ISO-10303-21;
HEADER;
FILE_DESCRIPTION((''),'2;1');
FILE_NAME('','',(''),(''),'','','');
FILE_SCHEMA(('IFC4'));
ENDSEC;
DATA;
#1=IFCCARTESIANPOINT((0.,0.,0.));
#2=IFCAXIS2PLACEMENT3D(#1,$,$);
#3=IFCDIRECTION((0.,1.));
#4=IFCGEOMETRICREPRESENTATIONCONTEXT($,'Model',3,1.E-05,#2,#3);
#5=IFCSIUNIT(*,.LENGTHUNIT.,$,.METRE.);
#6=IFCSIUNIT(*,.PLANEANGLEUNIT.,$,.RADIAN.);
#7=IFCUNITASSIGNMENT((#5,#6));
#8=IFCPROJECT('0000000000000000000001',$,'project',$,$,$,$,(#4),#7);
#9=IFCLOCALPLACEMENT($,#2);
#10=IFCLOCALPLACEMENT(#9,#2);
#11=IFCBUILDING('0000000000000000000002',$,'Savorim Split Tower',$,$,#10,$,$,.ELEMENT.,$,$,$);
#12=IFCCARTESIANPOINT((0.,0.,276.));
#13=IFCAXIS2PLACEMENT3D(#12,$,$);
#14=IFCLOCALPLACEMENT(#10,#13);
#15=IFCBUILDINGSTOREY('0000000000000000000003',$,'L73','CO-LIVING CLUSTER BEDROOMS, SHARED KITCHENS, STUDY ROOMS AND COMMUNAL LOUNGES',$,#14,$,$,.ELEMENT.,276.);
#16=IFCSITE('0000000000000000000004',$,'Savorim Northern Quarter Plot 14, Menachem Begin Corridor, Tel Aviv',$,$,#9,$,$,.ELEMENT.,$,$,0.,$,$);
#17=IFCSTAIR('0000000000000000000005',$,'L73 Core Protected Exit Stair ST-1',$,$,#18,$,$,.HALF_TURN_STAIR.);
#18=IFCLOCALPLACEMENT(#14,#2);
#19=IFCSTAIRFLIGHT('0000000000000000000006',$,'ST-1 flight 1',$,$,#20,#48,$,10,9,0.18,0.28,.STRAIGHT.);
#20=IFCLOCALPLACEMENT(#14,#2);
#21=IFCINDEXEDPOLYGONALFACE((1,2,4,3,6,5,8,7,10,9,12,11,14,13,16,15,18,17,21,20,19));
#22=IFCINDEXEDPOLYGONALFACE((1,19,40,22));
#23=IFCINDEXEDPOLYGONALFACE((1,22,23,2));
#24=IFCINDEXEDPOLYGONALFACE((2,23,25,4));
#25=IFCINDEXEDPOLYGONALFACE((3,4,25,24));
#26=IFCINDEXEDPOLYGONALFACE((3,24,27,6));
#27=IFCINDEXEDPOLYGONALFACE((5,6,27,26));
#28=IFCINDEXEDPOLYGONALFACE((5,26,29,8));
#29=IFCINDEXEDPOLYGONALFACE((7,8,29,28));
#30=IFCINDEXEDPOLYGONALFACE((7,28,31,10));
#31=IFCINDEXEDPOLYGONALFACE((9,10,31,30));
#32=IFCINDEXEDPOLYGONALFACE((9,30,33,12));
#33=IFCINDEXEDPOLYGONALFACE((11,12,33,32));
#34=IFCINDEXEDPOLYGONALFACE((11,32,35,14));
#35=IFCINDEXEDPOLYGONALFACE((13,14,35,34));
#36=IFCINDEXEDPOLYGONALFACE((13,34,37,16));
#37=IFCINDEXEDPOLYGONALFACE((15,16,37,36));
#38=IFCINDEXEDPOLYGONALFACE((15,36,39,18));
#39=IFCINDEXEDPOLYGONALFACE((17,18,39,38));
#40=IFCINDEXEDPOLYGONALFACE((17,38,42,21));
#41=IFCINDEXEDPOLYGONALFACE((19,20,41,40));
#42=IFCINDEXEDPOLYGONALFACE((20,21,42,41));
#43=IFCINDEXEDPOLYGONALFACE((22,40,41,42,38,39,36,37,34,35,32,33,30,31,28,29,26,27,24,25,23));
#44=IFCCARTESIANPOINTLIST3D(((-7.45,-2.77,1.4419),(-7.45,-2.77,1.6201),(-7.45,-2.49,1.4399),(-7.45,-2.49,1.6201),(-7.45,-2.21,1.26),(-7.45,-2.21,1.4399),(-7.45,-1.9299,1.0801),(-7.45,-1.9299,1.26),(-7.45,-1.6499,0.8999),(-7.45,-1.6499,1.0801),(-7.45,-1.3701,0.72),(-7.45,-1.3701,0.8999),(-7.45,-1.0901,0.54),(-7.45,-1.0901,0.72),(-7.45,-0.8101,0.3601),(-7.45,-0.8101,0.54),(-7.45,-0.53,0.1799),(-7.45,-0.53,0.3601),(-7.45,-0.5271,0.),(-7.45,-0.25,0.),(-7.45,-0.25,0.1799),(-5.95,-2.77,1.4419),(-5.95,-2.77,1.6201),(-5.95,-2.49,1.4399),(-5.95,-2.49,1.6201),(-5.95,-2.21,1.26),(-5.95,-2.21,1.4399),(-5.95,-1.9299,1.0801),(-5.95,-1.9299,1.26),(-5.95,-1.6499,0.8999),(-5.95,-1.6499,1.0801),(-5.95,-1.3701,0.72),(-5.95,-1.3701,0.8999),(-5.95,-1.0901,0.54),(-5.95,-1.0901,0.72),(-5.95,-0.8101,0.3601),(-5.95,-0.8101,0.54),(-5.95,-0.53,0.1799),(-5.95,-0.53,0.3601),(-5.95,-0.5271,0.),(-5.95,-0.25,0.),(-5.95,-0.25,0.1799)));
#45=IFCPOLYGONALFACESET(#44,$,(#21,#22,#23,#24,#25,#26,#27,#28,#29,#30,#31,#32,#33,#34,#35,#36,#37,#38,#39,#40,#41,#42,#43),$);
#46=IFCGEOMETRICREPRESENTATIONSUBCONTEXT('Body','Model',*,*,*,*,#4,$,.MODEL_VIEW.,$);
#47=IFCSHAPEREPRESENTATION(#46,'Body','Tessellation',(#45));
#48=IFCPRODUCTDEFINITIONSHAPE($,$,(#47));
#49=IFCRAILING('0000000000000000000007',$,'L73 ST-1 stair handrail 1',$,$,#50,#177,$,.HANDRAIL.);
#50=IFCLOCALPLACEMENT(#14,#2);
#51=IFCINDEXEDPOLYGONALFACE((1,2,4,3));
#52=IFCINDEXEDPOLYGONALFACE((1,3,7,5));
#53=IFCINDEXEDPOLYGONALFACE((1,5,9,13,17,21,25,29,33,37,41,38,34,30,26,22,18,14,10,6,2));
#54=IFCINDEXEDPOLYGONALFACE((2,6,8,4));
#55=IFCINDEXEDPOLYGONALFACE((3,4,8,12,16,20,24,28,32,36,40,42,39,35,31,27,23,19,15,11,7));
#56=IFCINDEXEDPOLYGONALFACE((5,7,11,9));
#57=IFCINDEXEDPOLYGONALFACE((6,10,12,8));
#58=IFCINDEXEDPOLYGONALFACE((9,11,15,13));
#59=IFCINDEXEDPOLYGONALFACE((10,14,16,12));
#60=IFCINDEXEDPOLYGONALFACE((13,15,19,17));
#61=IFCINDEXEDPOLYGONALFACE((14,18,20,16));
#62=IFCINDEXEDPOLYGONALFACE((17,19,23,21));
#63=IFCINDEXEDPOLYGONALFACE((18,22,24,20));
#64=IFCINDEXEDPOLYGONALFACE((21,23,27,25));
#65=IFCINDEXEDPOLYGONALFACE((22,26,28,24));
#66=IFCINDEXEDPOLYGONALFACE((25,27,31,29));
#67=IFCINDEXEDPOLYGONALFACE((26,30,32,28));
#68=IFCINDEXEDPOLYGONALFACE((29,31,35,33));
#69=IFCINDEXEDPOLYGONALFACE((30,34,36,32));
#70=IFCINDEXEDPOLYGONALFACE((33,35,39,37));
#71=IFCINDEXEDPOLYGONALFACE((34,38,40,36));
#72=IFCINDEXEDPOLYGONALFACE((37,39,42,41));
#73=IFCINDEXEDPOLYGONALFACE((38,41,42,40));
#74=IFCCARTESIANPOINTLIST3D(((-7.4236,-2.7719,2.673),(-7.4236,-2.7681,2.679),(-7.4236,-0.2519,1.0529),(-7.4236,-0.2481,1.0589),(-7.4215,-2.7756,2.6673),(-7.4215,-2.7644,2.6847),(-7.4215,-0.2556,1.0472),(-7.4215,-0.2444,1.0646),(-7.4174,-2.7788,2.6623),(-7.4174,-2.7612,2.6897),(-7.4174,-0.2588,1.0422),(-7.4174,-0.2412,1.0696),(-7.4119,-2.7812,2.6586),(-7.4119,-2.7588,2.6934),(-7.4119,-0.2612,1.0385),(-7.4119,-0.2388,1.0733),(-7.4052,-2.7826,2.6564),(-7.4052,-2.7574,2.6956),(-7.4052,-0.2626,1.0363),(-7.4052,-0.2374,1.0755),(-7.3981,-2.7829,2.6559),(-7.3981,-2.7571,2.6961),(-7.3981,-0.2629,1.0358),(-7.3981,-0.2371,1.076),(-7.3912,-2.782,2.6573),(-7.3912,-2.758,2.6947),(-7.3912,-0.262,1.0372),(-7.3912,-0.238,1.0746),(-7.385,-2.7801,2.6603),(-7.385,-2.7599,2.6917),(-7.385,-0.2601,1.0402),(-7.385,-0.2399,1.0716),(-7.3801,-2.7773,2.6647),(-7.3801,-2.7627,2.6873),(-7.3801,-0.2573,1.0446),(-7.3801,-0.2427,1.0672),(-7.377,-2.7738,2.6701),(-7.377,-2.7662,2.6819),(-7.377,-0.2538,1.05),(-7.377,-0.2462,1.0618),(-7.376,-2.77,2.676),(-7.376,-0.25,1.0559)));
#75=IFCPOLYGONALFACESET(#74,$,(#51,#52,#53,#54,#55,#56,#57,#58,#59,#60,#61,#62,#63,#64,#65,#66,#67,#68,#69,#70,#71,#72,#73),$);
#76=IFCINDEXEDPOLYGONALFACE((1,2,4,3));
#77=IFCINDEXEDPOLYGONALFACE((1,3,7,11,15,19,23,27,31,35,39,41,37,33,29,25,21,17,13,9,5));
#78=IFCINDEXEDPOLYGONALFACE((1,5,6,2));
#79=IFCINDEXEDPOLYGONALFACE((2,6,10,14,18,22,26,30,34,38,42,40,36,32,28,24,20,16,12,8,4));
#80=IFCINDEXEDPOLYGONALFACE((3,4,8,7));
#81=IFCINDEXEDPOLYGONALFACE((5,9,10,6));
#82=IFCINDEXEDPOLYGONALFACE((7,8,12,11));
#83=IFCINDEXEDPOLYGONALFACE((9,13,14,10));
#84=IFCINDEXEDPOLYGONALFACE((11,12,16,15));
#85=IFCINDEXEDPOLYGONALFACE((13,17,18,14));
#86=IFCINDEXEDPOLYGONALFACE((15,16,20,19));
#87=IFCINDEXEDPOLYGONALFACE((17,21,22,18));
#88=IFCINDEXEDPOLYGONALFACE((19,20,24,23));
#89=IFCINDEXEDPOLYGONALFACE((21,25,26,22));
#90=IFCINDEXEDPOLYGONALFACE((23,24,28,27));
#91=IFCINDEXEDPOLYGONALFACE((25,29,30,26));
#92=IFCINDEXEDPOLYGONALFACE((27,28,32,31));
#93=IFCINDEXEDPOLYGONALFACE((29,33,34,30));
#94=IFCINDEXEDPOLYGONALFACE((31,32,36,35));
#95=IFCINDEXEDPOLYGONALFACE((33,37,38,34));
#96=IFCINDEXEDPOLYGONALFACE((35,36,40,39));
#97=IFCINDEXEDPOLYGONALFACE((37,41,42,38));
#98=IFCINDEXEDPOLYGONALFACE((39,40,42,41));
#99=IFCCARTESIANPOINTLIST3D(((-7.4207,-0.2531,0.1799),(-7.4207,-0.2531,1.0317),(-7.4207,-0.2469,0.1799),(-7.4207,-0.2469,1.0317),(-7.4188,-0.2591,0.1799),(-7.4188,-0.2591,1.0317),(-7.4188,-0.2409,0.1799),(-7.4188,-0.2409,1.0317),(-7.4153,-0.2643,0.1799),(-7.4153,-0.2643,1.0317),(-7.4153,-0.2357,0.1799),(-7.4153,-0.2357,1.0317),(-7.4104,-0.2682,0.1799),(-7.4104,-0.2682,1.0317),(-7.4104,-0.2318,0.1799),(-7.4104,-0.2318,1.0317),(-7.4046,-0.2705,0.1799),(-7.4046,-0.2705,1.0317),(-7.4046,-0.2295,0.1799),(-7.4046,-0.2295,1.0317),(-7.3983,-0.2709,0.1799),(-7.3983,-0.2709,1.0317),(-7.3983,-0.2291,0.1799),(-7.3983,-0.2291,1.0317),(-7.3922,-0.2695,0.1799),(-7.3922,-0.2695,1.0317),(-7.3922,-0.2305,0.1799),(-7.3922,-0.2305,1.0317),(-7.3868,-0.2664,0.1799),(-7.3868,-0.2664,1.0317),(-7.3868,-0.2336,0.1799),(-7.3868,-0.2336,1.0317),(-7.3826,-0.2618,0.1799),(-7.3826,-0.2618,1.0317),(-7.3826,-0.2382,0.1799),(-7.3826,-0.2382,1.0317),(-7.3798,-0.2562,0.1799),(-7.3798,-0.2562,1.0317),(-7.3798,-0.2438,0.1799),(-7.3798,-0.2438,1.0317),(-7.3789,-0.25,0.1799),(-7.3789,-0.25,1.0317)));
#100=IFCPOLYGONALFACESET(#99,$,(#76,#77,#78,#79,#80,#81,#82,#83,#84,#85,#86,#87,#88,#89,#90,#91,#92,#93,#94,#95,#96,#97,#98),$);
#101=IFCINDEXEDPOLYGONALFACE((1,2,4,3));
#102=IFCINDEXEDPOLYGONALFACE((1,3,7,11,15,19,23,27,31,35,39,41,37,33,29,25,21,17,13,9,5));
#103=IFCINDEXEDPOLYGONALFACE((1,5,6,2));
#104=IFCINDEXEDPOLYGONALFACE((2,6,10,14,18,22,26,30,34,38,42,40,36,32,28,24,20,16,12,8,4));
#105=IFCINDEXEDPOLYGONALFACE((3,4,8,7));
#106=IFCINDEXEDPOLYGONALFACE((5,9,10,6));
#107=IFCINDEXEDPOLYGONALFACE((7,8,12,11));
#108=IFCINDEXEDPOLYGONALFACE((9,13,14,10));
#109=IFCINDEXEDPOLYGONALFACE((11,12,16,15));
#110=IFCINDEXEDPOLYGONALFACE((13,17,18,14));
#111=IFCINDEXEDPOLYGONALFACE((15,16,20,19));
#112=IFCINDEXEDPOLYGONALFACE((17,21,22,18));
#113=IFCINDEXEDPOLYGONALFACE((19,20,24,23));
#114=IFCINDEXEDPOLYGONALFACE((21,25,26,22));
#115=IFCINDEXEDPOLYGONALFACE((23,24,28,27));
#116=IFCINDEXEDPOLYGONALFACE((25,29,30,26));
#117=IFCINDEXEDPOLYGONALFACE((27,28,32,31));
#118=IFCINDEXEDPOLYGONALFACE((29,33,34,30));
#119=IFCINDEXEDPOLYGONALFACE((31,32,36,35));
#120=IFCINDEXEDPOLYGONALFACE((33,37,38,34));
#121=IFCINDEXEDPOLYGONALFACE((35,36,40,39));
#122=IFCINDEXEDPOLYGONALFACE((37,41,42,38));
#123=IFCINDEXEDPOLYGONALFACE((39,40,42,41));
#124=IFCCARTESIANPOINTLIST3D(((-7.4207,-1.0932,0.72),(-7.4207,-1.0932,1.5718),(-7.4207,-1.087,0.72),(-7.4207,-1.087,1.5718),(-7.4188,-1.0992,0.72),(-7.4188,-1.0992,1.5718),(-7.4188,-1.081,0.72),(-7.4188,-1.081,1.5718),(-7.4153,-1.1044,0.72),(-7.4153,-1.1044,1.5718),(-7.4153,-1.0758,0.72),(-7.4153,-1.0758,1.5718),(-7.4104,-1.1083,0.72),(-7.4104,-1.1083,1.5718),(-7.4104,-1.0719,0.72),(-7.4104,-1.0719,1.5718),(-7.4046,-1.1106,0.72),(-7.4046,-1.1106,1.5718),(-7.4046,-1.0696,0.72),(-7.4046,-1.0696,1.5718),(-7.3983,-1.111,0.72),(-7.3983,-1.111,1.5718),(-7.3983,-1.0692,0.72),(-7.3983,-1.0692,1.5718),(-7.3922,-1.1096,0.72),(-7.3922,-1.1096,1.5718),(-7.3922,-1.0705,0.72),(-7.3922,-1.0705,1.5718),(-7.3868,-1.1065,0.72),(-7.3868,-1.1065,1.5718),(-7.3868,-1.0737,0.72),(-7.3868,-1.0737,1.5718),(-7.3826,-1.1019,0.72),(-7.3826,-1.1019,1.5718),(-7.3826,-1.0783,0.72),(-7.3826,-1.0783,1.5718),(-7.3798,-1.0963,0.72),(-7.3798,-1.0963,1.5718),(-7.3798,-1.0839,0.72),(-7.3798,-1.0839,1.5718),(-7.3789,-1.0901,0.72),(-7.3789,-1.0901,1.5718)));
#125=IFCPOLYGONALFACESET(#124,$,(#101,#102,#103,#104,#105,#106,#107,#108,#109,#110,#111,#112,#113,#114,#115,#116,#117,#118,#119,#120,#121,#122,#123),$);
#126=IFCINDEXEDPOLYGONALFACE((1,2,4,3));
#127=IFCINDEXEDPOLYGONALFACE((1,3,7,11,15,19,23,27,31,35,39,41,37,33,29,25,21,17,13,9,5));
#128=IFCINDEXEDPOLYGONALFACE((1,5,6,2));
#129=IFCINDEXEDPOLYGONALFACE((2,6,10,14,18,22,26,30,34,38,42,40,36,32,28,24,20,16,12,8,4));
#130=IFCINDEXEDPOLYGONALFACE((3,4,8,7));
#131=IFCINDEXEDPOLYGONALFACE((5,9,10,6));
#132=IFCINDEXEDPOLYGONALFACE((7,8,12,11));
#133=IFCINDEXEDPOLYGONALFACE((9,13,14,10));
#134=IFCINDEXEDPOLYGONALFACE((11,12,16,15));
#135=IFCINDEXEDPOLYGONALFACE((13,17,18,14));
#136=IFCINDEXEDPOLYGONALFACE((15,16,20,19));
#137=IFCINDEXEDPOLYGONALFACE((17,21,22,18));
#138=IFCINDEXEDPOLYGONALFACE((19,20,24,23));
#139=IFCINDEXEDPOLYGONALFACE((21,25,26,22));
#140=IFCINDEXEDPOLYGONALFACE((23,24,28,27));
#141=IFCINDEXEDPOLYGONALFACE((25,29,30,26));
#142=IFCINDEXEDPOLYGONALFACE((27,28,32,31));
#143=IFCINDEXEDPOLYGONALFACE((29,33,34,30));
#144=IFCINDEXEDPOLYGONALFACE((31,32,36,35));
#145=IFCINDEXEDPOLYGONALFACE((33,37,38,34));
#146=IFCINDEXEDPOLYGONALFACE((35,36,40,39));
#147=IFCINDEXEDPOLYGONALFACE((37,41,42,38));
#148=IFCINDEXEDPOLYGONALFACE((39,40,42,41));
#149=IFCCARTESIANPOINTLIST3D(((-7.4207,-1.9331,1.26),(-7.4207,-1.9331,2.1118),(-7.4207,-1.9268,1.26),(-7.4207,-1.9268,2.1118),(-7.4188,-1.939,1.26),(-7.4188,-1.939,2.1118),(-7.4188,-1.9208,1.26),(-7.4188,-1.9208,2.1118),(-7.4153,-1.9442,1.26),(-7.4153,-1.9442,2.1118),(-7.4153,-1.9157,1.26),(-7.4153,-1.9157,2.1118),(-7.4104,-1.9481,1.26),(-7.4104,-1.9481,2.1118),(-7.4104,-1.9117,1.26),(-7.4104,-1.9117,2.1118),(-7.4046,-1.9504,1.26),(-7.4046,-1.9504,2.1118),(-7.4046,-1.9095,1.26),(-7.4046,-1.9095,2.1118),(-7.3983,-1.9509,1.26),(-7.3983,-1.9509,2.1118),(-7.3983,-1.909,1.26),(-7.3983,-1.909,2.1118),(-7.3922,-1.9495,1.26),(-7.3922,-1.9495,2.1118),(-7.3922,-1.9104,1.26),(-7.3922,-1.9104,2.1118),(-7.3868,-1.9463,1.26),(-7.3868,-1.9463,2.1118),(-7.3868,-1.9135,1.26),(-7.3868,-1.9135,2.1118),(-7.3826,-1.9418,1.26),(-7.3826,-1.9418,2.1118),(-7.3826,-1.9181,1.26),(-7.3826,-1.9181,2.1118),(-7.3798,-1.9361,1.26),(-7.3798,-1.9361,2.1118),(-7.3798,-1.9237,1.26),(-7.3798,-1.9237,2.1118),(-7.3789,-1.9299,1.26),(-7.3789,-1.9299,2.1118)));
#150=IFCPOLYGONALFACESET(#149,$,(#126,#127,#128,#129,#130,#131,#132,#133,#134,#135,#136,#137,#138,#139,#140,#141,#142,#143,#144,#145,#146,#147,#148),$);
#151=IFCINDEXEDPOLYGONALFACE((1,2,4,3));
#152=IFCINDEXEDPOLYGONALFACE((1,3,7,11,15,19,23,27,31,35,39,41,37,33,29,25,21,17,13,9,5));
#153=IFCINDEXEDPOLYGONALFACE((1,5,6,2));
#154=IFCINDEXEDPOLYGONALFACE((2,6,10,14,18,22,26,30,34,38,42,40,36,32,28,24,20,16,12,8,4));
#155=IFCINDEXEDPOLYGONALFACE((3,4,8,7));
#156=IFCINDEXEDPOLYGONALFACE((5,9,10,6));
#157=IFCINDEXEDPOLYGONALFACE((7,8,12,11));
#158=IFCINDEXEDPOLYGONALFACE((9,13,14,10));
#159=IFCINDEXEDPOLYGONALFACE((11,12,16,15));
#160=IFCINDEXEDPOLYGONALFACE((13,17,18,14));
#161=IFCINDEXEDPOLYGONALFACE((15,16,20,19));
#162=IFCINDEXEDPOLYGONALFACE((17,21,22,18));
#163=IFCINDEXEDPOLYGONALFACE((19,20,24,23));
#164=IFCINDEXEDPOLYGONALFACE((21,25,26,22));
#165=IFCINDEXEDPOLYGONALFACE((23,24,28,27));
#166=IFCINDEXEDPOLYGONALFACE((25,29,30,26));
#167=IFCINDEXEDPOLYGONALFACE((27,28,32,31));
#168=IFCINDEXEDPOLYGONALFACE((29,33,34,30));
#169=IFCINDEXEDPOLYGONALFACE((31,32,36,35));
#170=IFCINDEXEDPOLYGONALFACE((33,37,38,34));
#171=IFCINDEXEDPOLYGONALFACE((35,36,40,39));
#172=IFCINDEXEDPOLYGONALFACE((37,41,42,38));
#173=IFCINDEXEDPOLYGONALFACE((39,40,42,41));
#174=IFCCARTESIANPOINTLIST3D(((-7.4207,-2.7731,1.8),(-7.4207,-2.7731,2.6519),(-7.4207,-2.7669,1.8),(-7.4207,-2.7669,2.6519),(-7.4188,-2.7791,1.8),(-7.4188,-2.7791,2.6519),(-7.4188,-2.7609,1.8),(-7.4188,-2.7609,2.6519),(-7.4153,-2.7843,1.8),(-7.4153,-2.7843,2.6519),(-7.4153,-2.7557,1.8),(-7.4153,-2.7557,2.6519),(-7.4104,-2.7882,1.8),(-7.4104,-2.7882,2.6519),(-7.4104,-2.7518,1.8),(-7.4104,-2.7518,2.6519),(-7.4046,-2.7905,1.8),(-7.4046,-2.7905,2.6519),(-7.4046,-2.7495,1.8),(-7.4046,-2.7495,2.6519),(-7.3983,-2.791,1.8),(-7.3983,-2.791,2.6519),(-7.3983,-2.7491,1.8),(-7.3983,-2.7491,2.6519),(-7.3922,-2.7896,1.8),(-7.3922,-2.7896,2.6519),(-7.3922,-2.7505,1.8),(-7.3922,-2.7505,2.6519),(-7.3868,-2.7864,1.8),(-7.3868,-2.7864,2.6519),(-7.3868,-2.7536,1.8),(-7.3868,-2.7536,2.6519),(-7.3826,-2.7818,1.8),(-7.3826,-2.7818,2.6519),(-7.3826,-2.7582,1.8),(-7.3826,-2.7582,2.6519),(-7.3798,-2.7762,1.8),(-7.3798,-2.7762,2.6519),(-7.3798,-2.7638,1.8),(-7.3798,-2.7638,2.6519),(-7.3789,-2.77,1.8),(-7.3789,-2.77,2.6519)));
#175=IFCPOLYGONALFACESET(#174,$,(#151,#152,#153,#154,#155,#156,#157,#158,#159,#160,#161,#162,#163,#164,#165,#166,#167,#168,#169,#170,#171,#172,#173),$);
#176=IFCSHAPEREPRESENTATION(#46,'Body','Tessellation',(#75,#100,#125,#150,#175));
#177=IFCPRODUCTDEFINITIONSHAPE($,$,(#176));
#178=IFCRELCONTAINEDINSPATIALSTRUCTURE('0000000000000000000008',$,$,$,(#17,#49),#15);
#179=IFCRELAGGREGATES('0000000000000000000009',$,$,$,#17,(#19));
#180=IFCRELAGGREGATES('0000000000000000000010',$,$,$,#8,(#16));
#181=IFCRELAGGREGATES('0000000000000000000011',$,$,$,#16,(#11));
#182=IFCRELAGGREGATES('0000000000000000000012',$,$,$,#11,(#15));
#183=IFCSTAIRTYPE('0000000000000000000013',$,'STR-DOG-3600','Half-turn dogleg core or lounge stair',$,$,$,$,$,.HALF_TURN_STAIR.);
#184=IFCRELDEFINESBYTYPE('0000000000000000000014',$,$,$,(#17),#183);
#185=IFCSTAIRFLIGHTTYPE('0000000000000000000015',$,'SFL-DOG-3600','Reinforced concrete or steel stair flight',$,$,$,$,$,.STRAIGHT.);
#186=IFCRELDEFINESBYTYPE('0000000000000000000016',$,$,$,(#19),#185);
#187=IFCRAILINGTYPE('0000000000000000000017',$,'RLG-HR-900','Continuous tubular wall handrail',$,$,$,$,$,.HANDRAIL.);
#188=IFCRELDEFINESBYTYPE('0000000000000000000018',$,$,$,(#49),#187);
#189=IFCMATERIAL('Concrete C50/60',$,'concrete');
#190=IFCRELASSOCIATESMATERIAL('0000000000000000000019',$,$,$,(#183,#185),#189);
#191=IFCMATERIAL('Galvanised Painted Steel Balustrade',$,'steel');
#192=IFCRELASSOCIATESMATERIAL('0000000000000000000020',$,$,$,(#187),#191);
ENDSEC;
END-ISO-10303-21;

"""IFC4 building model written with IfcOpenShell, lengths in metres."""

from ifc_helpers import new_model, si_unit, direction, frame, origin, origin_2d, place, context, subcontext, project, spatial, polyline, circle, outline, extrude, material, type_object, element, aggregate, save


model = new_model("IFC4")

# Units and contexts
model_context = context("Model", 3, precision=1e-05, world=origin(), true_north=direction((0.0, 1.0)))
body_context = subcontext(model_context, "Body", "Model", "MODEL_VIEW")
ifc_project = project(units=[si_unit("LENGTHUNIT", "METRE"), si_unit("PLANEANGLEUNIT", "RADIAN")], contexts=[model_context])

# Site, building, storey
site_placement = place(None, origin())
site = spatial("IfcSite", under=ifc_project, at=site_placement, Name="Savorim Northern Quarter Plot 14, Menachem Begin Corridor, Tel Aviv", CompositionType="ELEMENT", RefElevation=0.0)
building_placement = place(site_placement, origin())
building = spatial("IfcBuilding", under=site, at=building_placement, Name="Savorim Split Tower", CompositionType="ELEMENT")
storey_placement = place(building_placement, frame((0.0, 0.0, 276.0)))
storey = spatial("IfcBuildingStorey", under=building, at=storey_placement, Name="L73", Description="CO-LIVING CLUSTER BEDROOMS, SHARED KITCHENS, STUDY ROOMS AND COMMUNAL LOUNGES", CompositionType="ELEMENT", Elevation=276.0)

# Shared definitions
ifc_material_1 = material(Name="Concrete C50/60", Category="concrete")

# Stair, stair flight
stair_type = type_object("IfcStairType", Name="STR-DOG-3600", Description="Half-turn dogleg core or lounge stair", PredefinedType="HALF_TURN_STAIR", material=ifc_material_1)
stair_placement = place(storey_placement, origin())
stair = element("IfcStair", 1, at=stair_placement, inside=storey, type_object=stair_type, Name="L73 Core Protected Exit Stair ST-1", PredefinedType="HALF_TURN_STAIR")
stair_flight_type = type_object("IfcStairFlightType", Name="SFL-DOG-3600", Description="Reinforced concrete or steel stair flight", PredefinedType="STRAIGHT", material=ifc_material_1)
stair_flight_placement = place(storey_placement, frame((-6.7, -0.25, 0.0), z_axis=(0.0, 0.0, 1.0), x_axis=(0.0, -1.0, 0.0)))
stair_flight = element("IfcStairFlight", 2, at=stair_flight_placement, type_object=stair_flight_type, Name="ST-1 flight 1", NumberOfRisers=10, NumberOfTreads=9, PredefinedType="STRAIGHT", RiserHeight=0.18, TreadLength=0.28, context=body_context, shape_type="SweptSolid", body=[
    extrude(outline(polyline([(0.0, 0.0), (0.0, 0.1799), (0.28, 0.1799), (0.28, 0.3601), (0.5601, 0.3601), (0.5601, 0.54), (0.8401, 0.54), (0.8401, 0.72), (1.1201, 0.72), (1.1201, 0.8999), (1.3999, 0.8999), (1.3999, 1.0801), (1.6799, 1.0801), (1.6799, 1.26), (1.96, 1.26), (1.96, 1.4399), (2.24, 1.4399), (2.24, 1.6201), (2.52, 1.6201), (2.52, 1.8), (2.52, 1.4419), (0.2771, 0.0), (0.0, 0.0)])), frame((0.0, 0.75, 0.0), z_axis=(0.0, -1.0, 0.0), x_axis=(1.0, 0.0, 0.0)), (0.0, 0.0, 1.0), 1.5),
])
aggregate(stair, [stair_flight])

# Railing
ifc_material_2 = material(Name="Galvanised Painted Steel Balustrade", Category="steel")
railing_type_1 = type_object("IfcRailingType", Name="RLG-HR-900", Description="Continuous tubular wall handrail", PredefinedType="HANDRAIL", material=ifc_material_2)
railing_1_placement = place(storey_placement, frame((-7.3999, -0.25, 0.1799)))
element("IfcRailing", 3, at=railing_1_placement, inside=storey, type_object=railing_type_1, Name="L73 ST-1 stair handrail 1", PredefinedType="HANDRAIL", context=body_context, shape_type="SweptSolid", body=[
    extrude(circle(Radius=0.0239, at=origin_2d()), frame((0.0, 0.0, 0.876), z_axis=(0.0, -0.841163, 0.540782), x_axis=(1.0, 0.0, 0.0)), (0.0, 0.0, 1.0), 2.9958),
    extrude(circle(Radius=0.021, at=origin_2d()), origin(), (0.0, 0.0, 1.0), 0.8518),
    extrude(circle(Radius=0.021, at=origin_2d()), frame((0.0, -0.8401, 0.54)), (0.0, 0.0, 1.0), 0.8518),
    extrude(circle(Radius=0.021, at=origin_2d()), frame((0.0, -1.6799, 1.0801)), (0.0, 0.0, 1.0), 0.8518),
    extrude(circle(Radius=0.021, at=origin_2d()), frame((0.0, -2.52, 1.6201)), (0.0, 0.0, 1.0), 0.8518),
])

save(model, "model.ifc")
